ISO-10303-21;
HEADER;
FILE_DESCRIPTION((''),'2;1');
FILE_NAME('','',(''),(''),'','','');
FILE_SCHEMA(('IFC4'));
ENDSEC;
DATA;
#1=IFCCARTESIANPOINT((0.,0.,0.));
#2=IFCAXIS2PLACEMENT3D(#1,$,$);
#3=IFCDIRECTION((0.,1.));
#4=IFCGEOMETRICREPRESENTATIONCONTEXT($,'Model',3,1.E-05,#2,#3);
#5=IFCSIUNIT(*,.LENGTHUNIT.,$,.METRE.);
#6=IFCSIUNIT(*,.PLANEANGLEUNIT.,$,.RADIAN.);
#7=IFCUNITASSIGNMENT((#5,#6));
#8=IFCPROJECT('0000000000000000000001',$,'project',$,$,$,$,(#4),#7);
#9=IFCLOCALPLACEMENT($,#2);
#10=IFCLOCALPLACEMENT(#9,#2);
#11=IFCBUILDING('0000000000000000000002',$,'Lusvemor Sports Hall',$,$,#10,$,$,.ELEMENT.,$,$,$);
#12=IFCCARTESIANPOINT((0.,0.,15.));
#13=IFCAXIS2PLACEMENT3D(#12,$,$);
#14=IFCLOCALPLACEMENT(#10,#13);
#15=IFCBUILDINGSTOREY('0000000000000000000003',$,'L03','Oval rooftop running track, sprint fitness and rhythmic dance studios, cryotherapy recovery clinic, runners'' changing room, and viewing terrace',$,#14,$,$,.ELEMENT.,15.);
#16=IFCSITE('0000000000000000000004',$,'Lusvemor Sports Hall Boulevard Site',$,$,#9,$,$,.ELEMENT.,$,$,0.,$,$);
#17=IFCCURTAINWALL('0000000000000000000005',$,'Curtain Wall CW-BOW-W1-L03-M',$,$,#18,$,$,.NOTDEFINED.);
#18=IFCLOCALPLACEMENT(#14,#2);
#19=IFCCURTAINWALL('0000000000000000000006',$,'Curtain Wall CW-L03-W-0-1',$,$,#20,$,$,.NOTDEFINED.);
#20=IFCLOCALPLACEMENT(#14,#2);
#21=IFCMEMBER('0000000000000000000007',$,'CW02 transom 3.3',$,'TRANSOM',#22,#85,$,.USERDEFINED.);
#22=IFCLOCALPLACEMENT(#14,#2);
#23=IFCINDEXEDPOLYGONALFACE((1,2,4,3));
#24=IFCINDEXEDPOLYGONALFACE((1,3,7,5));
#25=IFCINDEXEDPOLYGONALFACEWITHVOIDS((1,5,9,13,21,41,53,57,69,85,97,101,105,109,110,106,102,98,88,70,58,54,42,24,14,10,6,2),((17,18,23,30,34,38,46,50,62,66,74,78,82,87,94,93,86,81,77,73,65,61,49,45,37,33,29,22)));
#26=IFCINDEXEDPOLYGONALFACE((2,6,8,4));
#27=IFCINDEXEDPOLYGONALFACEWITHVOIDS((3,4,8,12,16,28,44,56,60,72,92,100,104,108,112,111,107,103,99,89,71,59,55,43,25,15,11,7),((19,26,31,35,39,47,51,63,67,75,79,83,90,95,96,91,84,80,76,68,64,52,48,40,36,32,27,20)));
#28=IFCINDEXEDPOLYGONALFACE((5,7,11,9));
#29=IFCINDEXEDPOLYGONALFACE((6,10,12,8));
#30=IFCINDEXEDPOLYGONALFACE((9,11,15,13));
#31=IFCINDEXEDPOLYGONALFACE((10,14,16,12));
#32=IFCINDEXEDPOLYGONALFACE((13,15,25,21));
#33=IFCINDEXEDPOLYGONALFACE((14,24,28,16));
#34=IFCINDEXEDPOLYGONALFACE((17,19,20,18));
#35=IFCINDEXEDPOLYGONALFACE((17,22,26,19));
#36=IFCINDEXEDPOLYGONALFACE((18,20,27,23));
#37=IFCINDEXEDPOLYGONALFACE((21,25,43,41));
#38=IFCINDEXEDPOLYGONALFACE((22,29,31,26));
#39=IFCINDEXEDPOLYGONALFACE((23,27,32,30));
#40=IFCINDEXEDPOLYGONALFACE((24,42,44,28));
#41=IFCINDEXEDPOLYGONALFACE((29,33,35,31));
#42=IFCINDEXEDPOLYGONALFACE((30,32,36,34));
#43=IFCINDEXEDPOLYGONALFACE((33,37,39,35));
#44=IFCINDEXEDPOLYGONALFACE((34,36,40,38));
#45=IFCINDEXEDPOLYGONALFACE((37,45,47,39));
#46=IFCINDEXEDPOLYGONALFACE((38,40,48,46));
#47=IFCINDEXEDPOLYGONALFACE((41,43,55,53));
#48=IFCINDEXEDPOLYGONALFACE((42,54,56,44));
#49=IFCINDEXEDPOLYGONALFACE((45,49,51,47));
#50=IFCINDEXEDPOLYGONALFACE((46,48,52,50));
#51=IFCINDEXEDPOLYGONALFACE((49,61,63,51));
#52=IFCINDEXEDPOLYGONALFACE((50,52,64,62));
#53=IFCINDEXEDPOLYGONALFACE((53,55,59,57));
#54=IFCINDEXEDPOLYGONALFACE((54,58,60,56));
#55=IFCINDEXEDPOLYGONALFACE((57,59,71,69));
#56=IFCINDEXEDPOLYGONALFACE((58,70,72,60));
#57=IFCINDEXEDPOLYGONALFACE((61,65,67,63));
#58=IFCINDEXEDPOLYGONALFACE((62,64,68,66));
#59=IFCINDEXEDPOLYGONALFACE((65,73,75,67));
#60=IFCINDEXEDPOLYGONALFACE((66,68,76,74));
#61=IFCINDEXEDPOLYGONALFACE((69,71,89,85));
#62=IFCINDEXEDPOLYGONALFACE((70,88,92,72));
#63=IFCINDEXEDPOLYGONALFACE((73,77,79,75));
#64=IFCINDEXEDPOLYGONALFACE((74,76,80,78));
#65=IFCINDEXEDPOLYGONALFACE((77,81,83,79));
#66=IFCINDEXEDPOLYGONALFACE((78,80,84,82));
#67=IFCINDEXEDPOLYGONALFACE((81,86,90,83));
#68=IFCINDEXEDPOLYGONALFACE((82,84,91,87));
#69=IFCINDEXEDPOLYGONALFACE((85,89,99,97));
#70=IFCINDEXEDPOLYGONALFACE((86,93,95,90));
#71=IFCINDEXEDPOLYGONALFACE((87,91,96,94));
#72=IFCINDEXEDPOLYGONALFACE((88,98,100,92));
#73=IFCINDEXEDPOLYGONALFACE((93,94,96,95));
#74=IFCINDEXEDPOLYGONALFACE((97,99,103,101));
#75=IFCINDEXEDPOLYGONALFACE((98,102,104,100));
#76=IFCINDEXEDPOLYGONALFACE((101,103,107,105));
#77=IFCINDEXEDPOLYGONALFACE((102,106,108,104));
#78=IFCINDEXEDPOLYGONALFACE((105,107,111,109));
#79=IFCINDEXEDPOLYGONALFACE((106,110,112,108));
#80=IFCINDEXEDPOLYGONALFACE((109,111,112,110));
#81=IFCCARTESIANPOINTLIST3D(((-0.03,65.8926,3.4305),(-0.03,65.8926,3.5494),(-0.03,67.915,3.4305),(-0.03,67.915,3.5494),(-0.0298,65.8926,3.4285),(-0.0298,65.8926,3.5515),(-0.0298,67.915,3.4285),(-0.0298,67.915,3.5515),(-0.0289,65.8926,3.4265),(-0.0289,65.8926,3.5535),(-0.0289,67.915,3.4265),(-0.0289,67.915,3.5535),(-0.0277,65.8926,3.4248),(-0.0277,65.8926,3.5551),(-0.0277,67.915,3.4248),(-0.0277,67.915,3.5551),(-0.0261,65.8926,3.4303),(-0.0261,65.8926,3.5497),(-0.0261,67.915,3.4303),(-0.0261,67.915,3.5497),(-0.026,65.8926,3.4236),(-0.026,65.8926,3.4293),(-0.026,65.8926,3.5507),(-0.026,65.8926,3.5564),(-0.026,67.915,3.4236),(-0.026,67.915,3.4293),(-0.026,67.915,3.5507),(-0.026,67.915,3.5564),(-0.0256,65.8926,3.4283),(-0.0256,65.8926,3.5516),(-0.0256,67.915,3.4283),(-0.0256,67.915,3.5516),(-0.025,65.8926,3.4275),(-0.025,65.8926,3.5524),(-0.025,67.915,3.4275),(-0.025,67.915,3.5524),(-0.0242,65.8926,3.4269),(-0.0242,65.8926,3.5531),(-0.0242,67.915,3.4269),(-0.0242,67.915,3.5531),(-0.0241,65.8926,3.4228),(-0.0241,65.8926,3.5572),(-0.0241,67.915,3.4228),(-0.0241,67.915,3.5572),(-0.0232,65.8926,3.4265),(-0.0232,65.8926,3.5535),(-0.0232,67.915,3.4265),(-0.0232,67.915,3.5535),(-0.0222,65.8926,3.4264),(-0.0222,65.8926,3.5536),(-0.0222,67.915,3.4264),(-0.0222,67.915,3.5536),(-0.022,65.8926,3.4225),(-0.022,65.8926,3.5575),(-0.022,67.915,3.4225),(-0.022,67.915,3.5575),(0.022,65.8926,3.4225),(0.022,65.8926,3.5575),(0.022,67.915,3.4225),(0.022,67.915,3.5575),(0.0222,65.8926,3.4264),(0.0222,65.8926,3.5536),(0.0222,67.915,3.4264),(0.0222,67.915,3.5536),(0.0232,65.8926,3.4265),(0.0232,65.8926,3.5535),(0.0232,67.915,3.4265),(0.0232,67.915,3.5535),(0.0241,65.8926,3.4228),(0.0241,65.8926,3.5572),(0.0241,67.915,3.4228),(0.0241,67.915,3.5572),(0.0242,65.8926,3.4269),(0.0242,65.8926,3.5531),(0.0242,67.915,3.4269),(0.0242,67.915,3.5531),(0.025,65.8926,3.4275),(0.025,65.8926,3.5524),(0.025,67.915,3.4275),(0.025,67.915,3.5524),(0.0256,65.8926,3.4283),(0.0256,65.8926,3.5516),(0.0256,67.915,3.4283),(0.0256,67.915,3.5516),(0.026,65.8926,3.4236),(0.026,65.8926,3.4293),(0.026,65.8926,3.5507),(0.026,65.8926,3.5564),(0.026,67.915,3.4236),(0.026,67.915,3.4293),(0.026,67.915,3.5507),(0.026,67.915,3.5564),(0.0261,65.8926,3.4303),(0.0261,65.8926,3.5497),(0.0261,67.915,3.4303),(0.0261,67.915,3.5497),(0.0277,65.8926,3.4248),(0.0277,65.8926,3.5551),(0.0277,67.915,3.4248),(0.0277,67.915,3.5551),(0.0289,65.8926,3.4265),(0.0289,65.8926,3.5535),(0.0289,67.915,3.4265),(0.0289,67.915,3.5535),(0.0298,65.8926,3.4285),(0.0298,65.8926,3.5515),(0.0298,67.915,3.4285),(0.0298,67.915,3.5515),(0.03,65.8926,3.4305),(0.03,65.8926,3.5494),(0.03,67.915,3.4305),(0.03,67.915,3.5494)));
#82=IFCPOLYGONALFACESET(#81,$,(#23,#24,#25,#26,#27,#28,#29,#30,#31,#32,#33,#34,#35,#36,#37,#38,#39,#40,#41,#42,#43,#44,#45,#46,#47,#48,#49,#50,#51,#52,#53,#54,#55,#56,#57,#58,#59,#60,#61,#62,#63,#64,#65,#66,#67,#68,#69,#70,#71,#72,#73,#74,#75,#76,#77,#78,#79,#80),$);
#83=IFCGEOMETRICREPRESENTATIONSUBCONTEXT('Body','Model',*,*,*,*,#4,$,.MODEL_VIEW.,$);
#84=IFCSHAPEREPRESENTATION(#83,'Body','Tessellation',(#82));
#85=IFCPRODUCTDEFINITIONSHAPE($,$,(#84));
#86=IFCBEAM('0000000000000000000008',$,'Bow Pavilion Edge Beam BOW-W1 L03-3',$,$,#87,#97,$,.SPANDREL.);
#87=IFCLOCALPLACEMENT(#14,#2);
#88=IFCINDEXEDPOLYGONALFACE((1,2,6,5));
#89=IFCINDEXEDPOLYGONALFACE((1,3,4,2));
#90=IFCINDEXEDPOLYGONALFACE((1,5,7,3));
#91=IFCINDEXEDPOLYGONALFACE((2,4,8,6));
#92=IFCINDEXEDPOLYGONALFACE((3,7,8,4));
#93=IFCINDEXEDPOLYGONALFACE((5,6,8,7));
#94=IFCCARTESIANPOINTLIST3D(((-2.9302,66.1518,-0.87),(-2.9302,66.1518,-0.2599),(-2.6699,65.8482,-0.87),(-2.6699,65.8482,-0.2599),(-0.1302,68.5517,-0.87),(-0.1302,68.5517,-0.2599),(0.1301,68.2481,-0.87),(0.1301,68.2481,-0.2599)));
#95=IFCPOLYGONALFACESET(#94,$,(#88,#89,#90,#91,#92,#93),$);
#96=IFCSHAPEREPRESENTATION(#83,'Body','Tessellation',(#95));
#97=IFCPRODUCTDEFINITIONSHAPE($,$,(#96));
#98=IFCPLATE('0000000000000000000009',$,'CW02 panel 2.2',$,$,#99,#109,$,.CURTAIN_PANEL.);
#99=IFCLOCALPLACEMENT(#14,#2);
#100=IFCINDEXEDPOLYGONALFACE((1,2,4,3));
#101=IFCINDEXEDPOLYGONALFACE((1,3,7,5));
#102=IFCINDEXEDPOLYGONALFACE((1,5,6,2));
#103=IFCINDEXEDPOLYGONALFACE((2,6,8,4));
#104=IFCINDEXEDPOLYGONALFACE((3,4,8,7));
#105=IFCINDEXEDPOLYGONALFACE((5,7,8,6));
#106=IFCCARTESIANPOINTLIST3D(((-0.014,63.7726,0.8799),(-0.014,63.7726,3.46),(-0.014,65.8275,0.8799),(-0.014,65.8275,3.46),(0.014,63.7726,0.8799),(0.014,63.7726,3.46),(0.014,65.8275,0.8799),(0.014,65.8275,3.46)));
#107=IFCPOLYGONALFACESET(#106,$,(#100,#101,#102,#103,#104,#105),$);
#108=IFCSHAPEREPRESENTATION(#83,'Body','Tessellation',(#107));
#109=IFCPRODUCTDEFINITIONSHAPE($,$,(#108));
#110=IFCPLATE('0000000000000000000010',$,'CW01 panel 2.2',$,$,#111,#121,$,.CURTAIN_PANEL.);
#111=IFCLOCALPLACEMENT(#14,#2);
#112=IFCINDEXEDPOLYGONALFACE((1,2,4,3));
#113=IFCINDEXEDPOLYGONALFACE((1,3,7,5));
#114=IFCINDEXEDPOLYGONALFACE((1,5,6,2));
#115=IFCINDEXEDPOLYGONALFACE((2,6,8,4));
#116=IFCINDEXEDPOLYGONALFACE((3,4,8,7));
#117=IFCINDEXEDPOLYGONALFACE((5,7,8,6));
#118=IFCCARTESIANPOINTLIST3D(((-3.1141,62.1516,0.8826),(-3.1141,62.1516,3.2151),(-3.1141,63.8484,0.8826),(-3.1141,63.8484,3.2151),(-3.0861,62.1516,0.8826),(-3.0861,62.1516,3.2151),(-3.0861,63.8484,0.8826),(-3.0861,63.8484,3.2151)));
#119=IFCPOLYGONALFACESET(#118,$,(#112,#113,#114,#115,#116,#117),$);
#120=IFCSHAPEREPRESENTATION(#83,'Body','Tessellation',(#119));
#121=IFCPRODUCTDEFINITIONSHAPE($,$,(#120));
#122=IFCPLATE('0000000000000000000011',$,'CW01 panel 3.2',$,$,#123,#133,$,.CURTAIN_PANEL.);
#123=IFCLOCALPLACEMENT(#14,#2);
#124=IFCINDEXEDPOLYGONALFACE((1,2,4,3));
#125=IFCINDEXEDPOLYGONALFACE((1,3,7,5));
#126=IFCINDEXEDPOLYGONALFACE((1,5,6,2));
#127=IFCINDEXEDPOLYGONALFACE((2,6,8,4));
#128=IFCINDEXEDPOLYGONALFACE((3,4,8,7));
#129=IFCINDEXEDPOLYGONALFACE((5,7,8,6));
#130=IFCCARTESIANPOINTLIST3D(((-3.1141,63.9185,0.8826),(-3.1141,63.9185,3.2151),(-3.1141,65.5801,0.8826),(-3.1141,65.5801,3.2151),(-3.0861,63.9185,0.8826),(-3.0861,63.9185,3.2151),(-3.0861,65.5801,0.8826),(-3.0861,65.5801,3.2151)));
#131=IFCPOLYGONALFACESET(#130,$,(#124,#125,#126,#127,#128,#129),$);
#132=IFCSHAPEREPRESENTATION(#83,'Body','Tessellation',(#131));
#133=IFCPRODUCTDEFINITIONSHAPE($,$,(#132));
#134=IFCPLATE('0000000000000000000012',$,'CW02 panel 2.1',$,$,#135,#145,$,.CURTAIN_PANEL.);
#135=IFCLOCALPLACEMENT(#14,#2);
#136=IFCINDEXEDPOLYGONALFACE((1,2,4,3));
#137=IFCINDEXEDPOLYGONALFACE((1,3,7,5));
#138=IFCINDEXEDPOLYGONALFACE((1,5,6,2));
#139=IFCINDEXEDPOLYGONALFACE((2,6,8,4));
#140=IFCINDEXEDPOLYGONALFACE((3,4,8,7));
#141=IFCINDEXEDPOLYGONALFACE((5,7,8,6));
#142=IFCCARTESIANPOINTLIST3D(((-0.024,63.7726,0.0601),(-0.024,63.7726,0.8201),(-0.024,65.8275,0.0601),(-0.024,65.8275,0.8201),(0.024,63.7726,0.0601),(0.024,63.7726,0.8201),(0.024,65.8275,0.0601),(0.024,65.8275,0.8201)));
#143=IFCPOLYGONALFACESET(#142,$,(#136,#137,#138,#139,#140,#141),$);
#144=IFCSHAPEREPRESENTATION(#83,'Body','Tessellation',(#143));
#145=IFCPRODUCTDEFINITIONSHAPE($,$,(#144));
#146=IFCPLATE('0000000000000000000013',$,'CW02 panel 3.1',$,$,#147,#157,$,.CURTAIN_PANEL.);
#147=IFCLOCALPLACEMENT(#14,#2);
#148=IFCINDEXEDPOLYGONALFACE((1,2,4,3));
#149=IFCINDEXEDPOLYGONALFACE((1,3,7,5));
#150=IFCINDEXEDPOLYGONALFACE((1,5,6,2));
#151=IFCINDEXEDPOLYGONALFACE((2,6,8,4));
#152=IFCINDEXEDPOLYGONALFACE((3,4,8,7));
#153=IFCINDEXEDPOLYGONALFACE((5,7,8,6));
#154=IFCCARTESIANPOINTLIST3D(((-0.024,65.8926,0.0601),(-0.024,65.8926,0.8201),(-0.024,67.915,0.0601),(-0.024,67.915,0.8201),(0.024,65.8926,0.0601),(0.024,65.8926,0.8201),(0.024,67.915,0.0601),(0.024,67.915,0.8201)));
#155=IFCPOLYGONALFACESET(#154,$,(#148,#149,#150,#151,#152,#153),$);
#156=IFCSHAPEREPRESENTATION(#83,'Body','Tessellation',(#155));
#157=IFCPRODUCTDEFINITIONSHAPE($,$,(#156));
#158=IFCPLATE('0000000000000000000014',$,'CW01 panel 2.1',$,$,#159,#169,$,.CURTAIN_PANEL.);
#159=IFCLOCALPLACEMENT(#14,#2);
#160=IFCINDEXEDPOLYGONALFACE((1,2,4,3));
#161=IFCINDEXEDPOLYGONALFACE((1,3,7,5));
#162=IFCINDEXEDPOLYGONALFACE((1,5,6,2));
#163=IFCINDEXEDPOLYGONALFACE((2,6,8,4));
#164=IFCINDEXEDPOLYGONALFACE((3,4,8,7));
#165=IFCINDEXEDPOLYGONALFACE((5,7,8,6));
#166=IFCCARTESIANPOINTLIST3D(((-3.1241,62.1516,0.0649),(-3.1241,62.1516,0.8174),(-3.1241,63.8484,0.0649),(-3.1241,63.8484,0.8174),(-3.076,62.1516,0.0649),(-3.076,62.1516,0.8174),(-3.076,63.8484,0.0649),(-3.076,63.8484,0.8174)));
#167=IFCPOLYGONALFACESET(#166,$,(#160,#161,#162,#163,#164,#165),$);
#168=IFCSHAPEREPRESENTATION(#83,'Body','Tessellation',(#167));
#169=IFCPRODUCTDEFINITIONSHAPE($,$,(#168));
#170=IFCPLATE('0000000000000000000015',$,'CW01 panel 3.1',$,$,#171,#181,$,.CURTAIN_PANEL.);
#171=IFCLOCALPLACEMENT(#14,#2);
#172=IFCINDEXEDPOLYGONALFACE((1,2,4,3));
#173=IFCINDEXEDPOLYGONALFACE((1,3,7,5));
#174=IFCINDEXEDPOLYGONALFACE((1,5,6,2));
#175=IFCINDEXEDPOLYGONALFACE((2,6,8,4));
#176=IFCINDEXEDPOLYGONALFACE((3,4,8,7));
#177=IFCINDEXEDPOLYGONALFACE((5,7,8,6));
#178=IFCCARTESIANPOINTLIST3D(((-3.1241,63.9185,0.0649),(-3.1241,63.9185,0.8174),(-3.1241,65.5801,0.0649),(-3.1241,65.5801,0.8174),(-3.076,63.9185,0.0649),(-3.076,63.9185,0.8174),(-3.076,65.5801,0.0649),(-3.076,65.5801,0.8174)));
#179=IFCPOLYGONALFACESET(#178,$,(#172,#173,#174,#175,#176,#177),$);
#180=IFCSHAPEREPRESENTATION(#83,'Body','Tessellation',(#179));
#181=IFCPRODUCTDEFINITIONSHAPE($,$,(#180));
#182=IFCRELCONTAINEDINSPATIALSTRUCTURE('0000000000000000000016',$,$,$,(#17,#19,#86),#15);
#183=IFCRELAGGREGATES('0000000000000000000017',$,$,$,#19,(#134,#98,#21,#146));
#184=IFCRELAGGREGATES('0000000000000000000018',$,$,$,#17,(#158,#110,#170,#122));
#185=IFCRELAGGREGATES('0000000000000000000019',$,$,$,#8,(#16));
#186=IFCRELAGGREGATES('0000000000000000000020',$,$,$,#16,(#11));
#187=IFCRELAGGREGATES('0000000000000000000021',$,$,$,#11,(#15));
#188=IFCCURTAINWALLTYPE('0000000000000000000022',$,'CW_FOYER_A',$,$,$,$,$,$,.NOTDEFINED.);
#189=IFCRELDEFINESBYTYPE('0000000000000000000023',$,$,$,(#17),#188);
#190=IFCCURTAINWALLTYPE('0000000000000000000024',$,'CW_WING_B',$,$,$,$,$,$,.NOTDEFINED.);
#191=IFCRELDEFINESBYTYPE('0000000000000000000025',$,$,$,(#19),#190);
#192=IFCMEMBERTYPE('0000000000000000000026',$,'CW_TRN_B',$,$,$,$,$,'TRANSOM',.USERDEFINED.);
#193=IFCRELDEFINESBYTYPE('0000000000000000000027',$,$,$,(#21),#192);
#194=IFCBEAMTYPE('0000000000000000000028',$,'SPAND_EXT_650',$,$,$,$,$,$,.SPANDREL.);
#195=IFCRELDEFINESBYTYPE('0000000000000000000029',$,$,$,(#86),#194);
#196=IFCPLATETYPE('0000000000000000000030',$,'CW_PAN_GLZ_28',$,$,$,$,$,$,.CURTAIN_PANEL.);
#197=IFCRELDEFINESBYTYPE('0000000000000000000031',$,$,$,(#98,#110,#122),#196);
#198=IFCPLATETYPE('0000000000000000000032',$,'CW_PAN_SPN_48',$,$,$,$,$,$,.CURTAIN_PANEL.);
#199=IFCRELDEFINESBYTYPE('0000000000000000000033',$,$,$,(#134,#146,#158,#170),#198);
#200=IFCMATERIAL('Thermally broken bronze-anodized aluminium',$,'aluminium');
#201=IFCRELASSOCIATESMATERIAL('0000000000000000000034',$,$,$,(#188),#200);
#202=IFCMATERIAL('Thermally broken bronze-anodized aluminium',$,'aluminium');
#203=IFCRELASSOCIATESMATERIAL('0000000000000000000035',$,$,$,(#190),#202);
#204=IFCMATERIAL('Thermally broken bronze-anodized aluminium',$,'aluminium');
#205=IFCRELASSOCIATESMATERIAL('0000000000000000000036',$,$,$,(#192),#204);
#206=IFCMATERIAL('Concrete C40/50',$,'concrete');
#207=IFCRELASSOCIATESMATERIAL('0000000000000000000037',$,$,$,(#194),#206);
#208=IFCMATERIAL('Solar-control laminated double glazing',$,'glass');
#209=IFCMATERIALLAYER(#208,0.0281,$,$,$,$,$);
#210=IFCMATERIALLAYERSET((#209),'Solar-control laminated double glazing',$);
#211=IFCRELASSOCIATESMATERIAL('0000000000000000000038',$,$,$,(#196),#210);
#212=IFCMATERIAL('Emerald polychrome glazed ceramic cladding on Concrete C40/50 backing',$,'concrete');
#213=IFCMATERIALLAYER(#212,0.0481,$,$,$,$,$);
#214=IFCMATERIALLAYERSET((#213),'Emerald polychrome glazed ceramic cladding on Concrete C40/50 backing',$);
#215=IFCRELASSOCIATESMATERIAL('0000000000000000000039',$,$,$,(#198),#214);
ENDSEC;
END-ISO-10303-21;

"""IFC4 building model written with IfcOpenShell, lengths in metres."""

from ifc_helpers import new_model, si_unit, direction, frame, origin, origin_2d, place, context, subcontext, project, spatial, rectangle, hollow_rectangle, extrude, material, layer, layer_set, material_profile, profile_set, type_object, element, aggregate, save


model = new_model("IFC4")

# Units and contexts
model_context = context("Model", 3, precision=1e-05, world=origin(), true_north=direction((0.0, 1.0)))
body_context = subcontext(model_context, "Body", "Model", "MODEL_VIEW")
ifc_project = project(units=[si_unit("LENGTHUNIT", "METRE"), si_unit("PLANEANGLEUNIT", "RADIAN")], contexts=[model_context])

# Site, building, storey
site_placement = place(None, origin())
site = spatial("IfcSite", under=ifc_project, at=site_placement, Name="Lusvemor Sports Hall Boulevard Site", CompositionType="ELEMENT", RefElevation=0.0)
building_placement = place(site_placement, origin())
building = spatial("IfcBuilding", under=site, at=building_placement, Name="Lusvemor Sports Hall", CompositionType="ELEMENT")
storey_placement = place(building_placement, frame((0.0, 0.0, 15.0)))
storey = spatial("IfcBuildingStorey", under=building, at=storey_placement, Name="L03", Description="Oval rooftop running track, sprint fitness and rhythmic dance studios, cryotherapy recovery clinic, runners' changing room, and viewing terrace", CompositionType="ELEMENT", Elevation=15.0)

# Curtain walls
ifc_material_1 = material(Name="Thermally broken bronze-anodized aluminium", Category="aluminium")
curtain_wall_type_1 = type_object("IfcCurtainWallType", Name="CW_FOYER_A", PredefinedType="NOTDEFINED", material=ifc_material_1)
curtain_wall_1_placement = place(storey_placement, origin())
curtain_wall_1 = element("IfcCurtainWall", 1, at=curtain_wall_1_placement, inside=storey, type_object=curtain_wall_type_1, Name="Curtain Wall CW-BOW-W1-L03-M", PredefinedType="NOTDEFINED")
ifc_material_2 = material(Name="Thermally broken bronze-anodized aluminium", Category="aluminium")
curtain_wall_type_2 = type_object("IfcCurtainWallType", Name="CW_WING_B", PredefinedType="NOTDEFINED", material=ifc_material_2)
curtain_wall_2_placement = place(storey_placement, origin())
curtain_wall_2 = element("IfcCurtainWall", 2, at=curtain_wall_2_placement, inside=storey, type_object=curtain_wall_type_2, Name="Curtain Wall CW-L03-W-0-1", PredefinedType="NOTDEFINED")

# Member
ifc_material_3 = material(Name="Thermally broken bronze-anodized aluminium", Category="aluminium")
ifc_material_profile_1 = material_profile(ifc_material_3, hollow_rectangle(XDim=0.0601, YDim=0.135, WallThickness=0.0039, InnerFilletRadius=0.0039, OuterFilletRadius=0.0081, at=origin_2d()), Name="CWTRN135x60x4")
ifc_profile_set_1 = profile_set([ifc_material_profile_1], Name="Thermally broken bronze-anodized aluminium")
member_type_1 = type_object("IfcMemberType", Name="CW_TRN_B", ElementType="TRANSOM", PredefinedType="USERDEFINED", material=ifc_profile_set_1)
member_1_placement = place(storey_placement, frame((0.0, 65.8926, 3.49), z_axis=(0.0, 1.0, 0.0), x_axis=(-1.0, 0.0, 0.0)))
member_1 = element("IfcMember", 3, at=member_1_placement, type_object=member_type_1, Name="CW02 transom 3.3", ObjectType="TRANSOM", PredefinedType="USERDEFINED", context=body_context, shape_type="SweptSolid", body=[
    extrude(hollow_rectangle(XDim=0.0601, YDim=0.135, WallThickness=0.0039, InnerFilletRadius=0.0039, OuterFilletRadius=0.0081, at=origin_2d()), origin(), (0.0, 0.0, 1.0), 2.0225),
])

# Beam
ifc_material_4 = material(Name="Concrete C40/50", Category="concrete")
ifc_material_profile_2 = material_profile(ifc_material_4, rectangle(XDim=0.3999, YDim=0.6101, at=origin_2d()), Name="RC400x610")
ifc_profile_set_2 = profile_set([ifc_material_profile_2], Name="Concrete C40/50")
beam_type = type_object("IfcBeamType", Name="SPAND_EXT_650", PredefinedType="SPANDREL", material=ifc_profile_set_2)
beam_placement = place(storey_placement, frame((-2.8, 66.0, -0.5649), z_axis=(0.759275, 0.65077, 0.0), x_axis=(-0.65077, 0.759275, 0.0)))
element("IfcBeam", 4, at=beam_placement, inside=storey, type_object=beam_type, Name="Bow Pavilion Edge Beam BOW-W1 L03-3", PredefinedType="SPANDREL", context=body_context, shape_type="SweptSolid", body=[
    extrude(rectangle(XDim=0.3999, YDim=0.6101, at=origin_2d()), origin(), (0.0, 0.0, 1.0), 3.6877),
])

# Plates
ifc_material_5 = material(Name="Solar-control laminated double glazing", Category="glass")
ifc_layer_1 = layer(ifc_material_5, 0.0281)
ifc_layer_set_1 = layer_set([ifc_layer_1], Name="Solar-control laminated double glazing")
plate_type_1 = type_object("IfcPlateType", Name="CW_PAN_GLZ_28", PredefinedType="CURTAIN_PANEL", material=ifc_layer_set_1)
plate_1_placement = place(storey_placement, frame((0.0, 64.8, 0.8799), z_axis=(0.0, 0.0, 1.0), x_axis=(0.0, 1.0, 0.0)))
plate_1 = element("IfcPlate", 5, at=plate_1_placement, type_object=plate_type_1, Name="CW02 panel 2.2", PredefinedType="CURTAIN_PANEL", context=body_context, shape_type="SweptSolid", body=[
    extrude(rectangle(XDim=2.0549, YDim=0.0281, at=origin_2d()), origin(), (0.0, 0.0, 1.0), 2.5801),
])
plate_2_placement = place(storey_placement, frame((-3.1001, 63.0, 0.8826), z_axis=(0.0, 0.0, 1.0), x_axis=(0.0, 1.0, 0.0)))
plate_2 = element("IfcPlate", 6, at=plate_2_placement, type_object=plate_type_1, Name="CW01 panel 2.2", PredefinedType="CURTAIN_PANEL", context=body_context, shape_type="SweptSolid", body=[
    extrude(rectangle(XDim=1.6968, YDim=0.0281, at=origin_2d()), origin(), (0.0, 0.0, 1.0), 2.3325),
])
plate_3_placement = place(storey_placement, frame((-3.1001, 64.7493, 0.8826), z_axis=(0.0, 0.0, 1.0), x_axis=(0.0, 1.0, 0.0)))
plate_3 = element("IfcPlate", 7, at=plate_3_placement, type_object=plate_type_1, Name="CW01 panel 3.2", PredefinedType="CURTAIN_PANEL", context=body_context, shape_type="SweptSolid", body=[
    extrude(rectangle(XDim=1.6616, YDim=0.0281, at=origin_2d()), origin(), (0.0, 0.0, 1.0), 2.3325),
])
ifc_material_6 = material(Name="Emerald polychrome glazed ceramic cladding on Concrete C40/50 backing", Category="concrete")
ifc_layer_2 = layer(ifc_material_6, 0.0481)
ifc_layer_set_2 = layer_set([ifc_layer_2], Name="Emerald polychrome glazed ceramic cladding on Concrete C40/50 backing")
plate_type_2 = type_object("IfcPlateType", Name="CW_PAN_SPN_48", PredefinedType="CURTAIN_PANEL", material=ifc_layer_set_2)
plate_4_placement = place(storey_placement, frame((0.0, 64.8, 0.0601), z_axis=(0.0, 0.0, 1.0), x_axis=(0.0, 1.0, 0.0)))
plate_4 = element("IfcPlate", 8, at=plate_4_placement, type_object=plate_type_2, Name="CW02 panel 2.1", PredefinedType="CURTAIN_PANEL", context=body_context, shape_type="SweptSolid", body=[
    extrude(rectangle(XDim=2.0549, YDim=0.0481, at=origin_2d()), origin(), (0.0, 0.0, 1.0), 0.76),
])
plate_5_placement = place(storey_placement, frame((0.0, 66.9038, 0.0601), z_axis=(0.0, 0.0, 1.0), x_axis=(0.0, 1.0, 0.0)))
plate_5 = element("IfcPlate", 9, at=plate_5_placement, type_object=plate_type_2, Name="CW02 panel 3.1", PredefinedType="CURTAIN_PANEL", context=body_context, shape_type="SweptSolid", body=[
    extrude(rectangle(XDim=2.0225, YDim=0.0481, at=origin_2d()), origin(), (0.0, 0.0, 1.0), 0.76),
])
aggregate(curtain_wall_2, [plate_4, plate_1, member_1, plate_5])
plate_6_placement = place(storey_placement, frame((-3.1001, 63.0, 0.0649), z_axis=(0.0, 0.0, 1.0), x_axis=(0.0, 1.0, 0.0)))
plate_6 = element("IfcPlate", 10, at=plate_6_placement, type_object=plate_type_2, Name="CW01 panel 2.1", PredefinedType="CURTAIN_PANEL", context=body_context, shape_type="SweptSolid", body=[
    extrude(rectangle(XDim=1.6968, YDim=0.0481, at=origin_2d()), origin(), (0.0, 0.0, 1.0), 0.7524),
])
plate_7_placement = place(storey_placement, frame((-3.1001, 64.7493, 0.0649), z_axis=(0.0, 0.0, 1.0), x_axis=(0.0, 1.0, 0.0)))
plate_7 = element("IfcPlate", 11, at=plate_7_placement, type_object=plate_type_2, Name="CW01 panel 3.1", PredefinedType="CURTAIN_PANEL", context=body_context, shape_type="SweptSolid", body=[
    extrude(rectangle(XDim=1.6616, YDim=0.0481, at=origin_2d()), origin(), (0.0, 0.0, 1.0), 0.7524),
])
aggregate(curtain_wall_1, [plate_6, plate_2, plate_7, plate_3])

save(model, "model.ifc")
